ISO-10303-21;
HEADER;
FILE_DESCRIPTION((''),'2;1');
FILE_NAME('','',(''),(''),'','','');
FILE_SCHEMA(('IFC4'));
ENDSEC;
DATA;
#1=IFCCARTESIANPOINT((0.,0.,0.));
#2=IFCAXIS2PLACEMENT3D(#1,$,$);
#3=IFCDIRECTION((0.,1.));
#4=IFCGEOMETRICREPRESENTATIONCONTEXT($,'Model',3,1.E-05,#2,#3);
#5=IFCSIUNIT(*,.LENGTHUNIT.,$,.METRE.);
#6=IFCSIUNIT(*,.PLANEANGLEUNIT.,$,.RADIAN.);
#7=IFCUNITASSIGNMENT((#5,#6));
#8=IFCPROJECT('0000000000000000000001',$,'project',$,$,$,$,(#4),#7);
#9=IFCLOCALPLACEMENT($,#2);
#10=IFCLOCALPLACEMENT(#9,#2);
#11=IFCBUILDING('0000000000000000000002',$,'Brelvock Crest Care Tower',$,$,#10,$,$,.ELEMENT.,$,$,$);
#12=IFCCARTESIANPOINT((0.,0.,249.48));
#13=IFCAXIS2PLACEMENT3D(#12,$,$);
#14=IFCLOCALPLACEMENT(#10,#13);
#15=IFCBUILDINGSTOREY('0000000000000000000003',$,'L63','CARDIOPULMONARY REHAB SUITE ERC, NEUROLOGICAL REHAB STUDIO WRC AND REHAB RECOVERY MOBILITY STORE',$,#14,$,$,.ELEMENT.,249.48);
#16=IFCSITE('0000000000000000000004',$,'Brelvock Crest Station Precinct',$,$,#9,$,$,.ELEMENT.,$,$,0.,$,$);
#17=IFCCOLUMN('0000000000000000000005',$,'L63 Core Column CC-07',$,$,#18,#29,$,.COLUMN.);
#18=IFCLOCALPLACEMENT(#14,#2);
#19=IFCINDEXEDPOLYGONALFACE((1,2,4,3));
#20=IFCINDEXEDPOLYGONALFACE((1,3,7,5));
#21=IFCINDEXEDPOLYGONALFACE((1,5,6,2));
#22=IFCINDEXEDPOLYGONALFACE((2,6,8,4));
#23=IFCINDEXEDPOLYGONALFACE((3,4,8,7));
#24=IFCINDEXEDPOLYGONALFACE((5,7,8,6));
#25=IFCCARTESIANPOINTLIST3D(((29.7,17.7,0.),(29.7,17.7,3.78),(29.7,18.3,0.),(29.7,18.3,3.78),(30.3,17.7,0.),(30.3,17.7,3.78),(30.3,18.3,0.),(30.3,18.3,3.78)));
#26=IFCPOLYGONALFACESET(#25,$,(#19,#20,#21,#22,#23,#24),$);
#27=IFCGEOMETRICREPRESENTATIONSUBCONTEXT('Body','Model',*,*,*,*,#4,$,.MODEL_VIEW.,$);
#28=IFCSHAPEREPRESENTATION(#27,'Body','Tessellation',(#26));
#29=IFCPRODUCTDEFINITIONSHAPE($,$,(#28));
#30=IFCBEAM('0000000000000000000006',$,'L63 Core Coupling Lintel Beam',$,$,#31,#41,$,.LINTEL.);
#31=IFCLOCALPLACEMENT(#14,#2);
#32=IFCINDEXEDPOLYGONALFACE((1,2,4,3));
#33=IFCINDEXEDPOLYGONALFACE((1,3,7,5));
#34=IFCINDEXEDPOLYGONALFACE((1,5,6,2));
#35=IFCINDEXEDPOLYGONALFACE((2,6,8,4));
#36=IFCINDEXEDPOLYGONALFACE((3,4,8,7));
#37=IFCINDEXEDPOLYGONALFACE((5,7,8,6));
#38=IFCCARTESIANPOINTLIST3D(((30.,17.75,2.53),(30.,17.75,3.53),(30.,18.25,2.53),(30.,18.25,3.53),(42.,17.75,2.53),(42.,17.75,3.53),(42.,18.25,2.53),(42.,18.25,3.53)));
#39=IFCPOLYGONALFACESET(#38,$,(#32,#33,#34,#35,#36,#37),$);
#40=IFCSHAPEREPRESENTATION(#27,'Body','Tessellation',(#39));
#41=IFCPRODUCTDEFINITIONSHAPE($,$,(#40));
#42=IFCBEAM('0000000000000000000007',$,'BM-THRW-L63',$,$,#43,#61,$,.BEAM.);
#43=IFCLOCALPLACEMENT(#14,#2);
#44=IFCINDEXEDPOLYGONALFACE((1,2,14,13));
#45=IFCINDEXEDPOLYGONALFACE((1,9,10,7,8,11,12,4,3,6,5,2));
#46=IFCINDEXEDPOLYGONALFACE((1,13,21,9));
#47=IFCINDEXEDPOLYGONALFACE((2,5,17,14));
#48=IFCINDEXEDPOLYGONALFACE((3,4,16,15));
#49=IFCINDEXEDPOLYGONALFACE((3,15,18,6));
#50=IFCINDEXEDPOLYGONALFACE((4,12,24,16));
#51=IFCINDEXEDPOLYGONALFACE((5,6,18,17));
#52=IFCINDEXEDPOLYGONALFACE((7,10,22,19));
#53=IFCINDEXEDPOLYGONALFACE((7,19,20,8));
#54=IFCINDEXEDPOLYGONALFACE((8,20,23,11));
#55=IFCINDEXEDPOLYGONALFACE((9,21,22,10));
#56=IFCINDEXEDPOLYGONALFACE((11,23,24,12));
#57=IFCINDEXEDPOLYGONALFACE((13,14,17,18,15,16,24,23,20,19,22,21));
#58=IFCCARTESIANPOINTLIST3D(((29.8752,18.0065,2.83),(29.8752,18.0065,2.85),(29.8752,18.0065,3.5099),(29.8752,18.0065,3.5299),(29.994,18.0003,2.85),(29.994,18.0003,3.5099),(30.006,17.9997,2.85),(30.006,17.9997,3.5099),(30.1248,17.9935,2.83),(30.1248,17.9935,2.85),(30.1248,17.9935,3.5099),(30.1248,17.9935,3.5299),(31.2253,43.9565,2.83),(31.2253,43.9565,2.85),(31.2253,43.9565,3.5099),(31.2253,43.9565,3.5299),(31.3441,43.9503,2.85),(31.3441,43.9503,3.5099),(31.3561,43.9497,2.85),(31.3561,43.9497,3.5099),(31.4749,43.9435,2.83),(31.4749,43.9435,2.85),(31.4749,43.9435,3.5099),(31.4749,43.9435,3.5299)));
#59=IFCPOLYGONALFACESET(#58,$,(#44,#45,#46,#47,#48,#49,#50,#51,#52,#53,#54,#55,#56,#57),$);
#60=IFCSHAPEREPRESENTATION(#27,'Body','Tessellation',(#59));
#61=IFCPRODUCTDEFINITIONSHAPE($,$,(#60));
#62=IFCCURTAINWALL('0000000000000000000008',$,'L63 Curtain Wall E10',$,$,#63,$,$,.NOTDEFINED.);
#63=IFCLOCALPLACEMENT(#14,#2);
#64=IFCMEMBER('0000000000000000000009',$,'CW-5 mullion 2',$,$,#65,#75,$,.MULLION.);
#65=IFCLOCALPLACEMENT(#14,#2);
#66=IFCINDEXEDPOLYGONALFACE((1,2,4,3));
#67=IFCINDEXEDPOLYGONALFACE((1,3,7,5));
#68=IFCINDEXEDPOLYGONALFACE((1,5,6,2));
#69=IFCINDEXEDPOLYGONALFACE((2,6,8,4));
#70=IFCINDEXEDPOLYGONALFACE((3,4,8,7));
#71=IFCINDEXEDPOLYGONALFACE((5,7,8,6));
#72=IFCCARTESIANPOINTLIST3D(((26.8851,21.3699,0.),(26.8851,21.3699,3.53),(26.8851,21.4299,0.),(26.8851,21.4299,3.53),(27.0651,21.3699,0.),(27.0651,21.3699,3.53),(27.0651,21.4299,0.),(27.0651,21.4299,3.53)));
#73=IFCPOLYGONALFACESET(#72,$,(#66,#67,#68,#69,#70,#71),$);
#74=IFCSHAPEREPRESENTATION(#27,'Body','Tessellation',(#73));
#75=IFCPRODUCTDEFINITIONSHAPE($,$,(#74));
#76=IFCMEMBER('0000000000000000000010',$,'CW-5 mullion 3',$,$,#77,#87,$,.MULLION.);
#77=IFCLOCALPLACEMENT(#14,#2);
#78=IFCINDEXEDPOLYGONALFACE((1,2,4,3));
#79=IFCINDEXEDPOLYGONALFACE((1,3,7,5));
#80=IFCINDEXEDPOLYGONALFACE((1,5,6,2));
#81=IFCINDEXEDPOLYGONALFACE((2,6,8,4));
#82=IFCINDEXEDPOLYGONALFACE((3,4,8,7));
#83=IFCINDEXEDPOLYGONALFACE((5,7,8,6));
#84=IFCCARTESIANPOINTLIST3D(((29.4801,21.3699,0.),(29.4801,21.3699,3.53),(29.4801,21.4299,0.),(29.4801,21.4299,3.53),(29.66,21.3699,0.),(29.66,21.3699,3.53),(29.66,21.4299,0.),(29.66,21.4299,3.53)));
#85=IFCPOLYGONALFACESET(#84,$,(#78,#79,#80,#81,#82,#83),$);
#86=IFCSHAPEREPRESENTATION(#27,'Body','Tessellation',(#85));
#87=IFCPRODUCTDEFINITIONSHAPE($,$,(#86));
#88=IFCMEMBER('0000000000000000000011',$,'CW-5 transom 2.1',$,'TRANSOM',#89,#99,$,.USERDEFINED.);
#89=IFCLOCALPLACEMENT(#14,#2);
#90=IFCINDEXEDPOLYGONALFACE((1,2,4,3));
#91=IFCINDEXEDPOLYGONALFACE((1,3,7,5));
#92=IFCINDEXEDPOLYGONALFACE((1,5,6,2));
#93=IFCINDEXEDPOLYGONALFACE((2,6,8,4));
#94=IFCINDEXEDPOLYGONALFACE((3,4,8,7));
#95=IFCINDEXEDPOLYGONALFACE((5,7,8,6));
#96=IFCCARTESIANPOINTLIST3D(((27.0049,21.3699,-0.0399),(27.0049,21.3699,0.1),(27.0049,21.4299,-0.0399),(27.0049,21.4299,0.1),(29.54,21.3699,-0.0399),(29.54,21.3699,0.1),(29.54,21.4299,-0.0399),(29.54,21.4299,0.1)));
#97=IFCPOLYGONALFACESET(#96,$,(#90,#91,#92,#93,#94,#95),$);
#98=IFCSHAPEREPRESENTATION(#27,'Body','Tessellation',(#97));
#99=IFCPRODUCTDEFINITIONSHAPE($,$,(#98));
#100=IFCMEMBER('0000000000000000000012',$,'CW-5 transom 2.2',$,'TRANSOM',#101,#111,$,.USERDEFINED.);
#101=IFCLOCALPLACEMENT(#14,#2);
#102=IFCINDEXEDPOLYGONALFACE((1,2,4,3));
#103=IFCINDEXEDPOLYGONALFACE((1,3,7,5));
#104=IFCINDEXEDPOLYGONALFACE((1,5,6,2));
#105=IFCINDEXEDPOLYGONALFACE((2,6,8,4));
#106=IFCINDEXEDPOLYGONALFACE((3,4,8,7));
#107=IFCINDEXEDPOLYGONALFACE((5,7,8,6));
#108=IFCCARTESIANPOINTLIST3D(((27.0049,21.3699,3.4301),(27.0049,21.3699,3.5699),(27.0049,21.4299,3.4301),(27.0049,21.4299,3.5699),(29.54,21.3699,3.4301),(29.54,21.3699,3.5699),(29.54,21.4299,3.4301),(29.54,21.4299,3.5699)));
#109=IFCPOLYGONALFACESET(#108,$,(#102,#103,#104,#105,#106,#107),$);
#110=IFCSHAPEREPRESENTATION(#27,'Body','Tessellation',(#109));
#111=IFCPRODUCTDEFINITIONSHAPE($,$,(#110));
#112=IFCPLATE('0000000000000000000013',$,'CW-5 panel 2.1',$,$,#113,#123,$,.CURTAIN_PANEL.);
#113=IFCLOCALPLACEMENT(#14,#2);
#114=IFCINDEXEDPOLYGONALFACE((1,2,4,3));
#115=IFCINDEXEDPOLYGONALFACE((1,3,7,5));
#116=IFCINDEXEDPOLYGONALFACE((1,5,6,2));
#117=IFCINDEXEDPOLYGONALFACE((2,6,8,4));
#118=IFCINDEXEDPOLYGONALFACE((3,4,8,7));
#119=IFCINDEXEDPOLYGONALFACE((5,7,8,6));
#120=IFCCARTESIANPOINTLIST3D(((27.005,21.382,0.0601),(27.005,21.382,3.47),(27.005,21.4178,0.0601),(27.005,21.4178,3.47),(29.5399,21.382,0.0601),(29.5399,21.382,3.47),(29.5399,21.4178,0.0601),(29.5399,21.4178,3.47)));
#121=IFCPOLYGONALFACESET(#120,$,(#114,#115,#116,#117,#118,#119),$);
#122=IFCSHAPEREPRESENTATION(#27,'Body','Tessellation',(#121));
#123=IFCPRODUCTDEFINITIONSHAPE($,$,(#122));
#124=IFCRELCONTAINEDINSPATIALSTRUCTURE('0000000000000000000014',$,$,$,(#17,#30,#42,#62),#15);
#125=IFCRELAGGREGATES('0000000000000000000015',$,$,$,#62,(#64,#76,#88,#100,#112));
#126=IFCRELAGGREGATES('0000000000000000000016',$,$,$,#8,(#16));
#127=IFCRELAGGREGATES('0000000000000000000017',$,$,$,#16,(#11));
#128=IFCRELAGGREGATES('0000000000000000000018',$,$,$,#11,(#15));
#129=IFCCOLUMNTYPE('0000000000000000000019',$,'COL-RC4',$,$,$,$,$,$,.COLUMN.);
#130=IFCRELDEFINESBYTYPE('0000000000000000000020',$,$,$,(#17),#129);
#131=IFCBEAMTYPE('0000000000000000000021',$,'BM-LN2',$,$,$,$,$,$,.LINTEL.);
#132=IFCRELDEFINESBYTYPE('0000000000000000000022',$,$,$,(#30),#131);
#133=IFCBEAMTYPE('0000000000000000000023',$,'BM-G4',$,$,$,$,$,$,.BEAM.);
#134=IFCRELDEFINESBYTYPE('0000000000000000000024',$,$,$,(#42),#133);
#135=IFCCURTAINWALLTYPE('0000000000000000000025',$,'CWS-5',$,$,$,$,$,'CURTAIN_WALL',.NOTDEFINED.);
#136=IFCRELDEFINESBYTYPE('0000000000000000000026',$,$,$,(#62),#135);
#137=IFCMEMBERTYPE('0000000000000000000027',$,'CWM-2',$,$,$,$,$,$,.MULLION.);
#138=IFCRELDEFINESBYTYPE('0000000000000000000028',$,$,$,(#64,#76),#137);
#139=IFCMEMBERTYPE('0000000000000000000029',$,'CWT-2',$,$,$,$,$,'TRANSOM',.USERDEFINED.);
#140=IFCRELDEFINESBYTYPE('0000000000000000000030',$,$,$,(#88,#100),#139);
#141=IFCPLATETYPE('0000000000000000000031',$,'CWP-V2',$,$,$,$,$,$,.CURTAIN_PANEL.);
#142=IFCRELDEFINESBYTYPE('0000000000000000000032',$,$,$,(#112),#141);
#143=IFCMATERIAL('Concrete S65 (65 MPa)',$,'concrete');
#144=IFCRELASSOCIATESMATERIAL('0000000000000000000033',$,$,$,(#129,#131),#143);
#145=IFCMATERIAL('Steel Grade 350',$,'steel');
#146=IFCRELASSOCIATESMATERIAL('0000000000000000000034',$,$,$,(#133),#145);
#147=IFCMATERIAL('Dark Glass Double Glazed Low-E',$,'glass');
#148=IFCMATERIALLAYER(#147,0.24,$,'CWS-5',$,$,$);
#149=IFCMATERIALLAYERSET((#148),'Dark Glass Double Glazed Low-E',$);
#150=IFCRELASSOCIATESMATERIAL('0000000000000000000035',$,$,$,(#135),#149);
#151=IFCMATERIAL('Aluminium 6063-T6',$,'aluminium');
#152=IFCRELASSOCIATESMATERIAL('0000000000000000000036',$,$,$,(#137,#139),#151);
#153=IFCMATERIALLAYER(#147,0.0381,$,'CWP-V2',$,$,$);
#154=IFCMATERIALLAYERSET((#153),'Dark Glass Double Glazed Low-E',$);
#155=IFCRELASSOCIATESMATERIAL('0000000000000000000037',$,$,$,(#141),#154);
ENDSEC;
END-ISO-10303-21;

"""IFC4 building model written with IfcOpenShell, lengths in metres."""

from ifc_helpers import new_model, si_unit, direction, frame, origin, origin_2d, place, context, subcontext, project, spatial, rectangle, i_section, extrude, source, transform, mapped, material, layer, layer_set, material_profile, profile_set, type_object, element, aggregate, save


model = new_model("IFC4")

# Units and contexts
model_context = context("Model", 3, precision=1e-05, world=origin(), true_north=direction((0.0, 1.0)))
body_context = subcontext(model_context, "Body", "Model", "MODEL_VIEW")
ifc_project = project(units=[si_unit("LENGTHUNIT", "METRE"), si_unit("PLANEANGLEUNIT", "RADIAN")], contexts=[model_context])

# Site, building, storey
site_placement = place(None, origin())
site = spatial("IfcSite", under=ifc_project, at=site_placement, Name="Brelvock Crest Station Precinct", CompositionType="ELEMENT", RefElevation=0.0)
building_placement = place(site_placement, origin())
building = spatial("IfcBuilding", under=site, at=building_placement, Name="Brelvock Crest Care Tower", CompositionType="ELEMENT")
storey_placement = place(building_placement, frame((0.0, 0.0, 249.48)))
storey = spatial("IfcBuildingStorey", under=building, at=storey_placement, Name="L63", Description="CARDIOPULMONARY REHAB SUITE ERC, NEUROLOGICAL REHAB STUDIO WRC AND REHAB RECOVERY MOBILITY STORE", CompositionType="ELEMENT", Elevation=249.48)

# Column
ifc_material_1 = material(Name="Concrete S65 (65 MPa)", Category="concrete")
ifc_material_profile_1 = material_profile(ifc_material_1, rectangle(XDim=0.6001, YDim=0.6001, at=origin_2d()), Name="RC600x600")
ifc_profile_set_1 = profile_set([ifc_material_profile_1], Name="Concrete S65 (65 MPa)")
column_type = type_object("IfcColumnType", Name="COL-RC4", PredefinedType="COLUMN", material=ifc_profile_set_1)
shared_shape_1 = source(origin(), body_context, "Body", "SweptSolid", [
    extrude(rectangle(XDim=0.6001, YDim=0.6001, at=origin_2d()), origin(), (0.0, 0.0, 1.0), 3.78),
])
column_placement = place(storey_placement, frame((30.0, 18.0, 0.0), z_axis=(0.0, 0.0, 1.0), x_axis=(1.0, 0.0, 0.0)))
element("IfcColumn", 1, at=column_placement, inside=storey, type_object=column_type, Name="L63 Core Column CC-07", PredefinedType="COLUMN", context=body_context, shape_type="MappedRepresentation", body=[
    mapped(shared_shape_1, transform((0.0, 0.0, 0.0), x_axis=(1.0, 0.0, 0.0), y_axis=(0.0, 1.0, 0.0), z_axis=(0.0, 0.0, 1.0), scale=1.0)),
])

# Beams
ifc_material_profile_2 = material_profile(ifc_material_1, rectangle(XDim=0.5, YDim=1.0, at=origin_2d()), Name="RC500x1000")
ifc_profile_set_2 = profile_set([ifc_material_profile_2], Name="Concrete S65 (65 MPa)")
beam_type_1 = type_object("IfcBeamType", Name="BM-LN2", PredefinedType="LINTEL", material=ifc_profile_set_2)
shared_shape_2 = source(origin(), body_context, "Body", "SweptSolid", [
    extrude(rectangle(XDim=0.5, YDim=1.0, at=origin_2d()), origin(), (0.0, 0.0, 1.0), 12.0),
])
beam_1_placement = place(storey_placement, frame((30.0, 18.0, 3.03), z_axis=(1.0, 0.0, 0.0), x_axis=(0.0, 1.0, 0.0)))
element("IfcBeam", 2, at=beam_1_placement, inside=storey, type_object=beam_type_1, Name="L63 Core Coupling Lintel Beam", PredefinedType="LINTEL", context=body_context, shape_type="MappedRepresentation", body=[
    mapped(shared_shape_2, transform((0.0, 0.0, 0.0), x_axis=(1.0, 0.0, 0.0), y_axis=(0.0, 1.0, 0.0), z_axis=(0.0, 0.0, 1.0), scale=1.0)),
])
ifc_material_2 = material(Name="Steel Grade 350", Category="steel")
ifc_material_profile_3 = material_profile(ifc_material_2, i_section(OverallWidth=0.25, OverallDepth=0.7, WebThickness=0.012, FlangeThickness=0.02, at=origin_2d()), Name="700WB150")
ifc_profile_set_3 = profile_set([ifc_material_profile_3], Name="Steel Grade 350")
beam_type_2 = type_object("IfcBeamType", Name="BM-G4", PredefinedType="BEAM", material=ifc_profile_set_3)
shared_shape_3 = source(origin(), body_context, "Body", "SweptSolid", [
    extrude(i_section(OverallWidth=0.25, OverallDepth=0.7, WebThickness=0.012, FlangeThickness=0.02, at=origin_2d()), origin(), (0.0, 0.0, 1.0), 25.9851),
])
beam_2_placement = place(storey_placement, frame((30.0, 18.0, 3.1799), z_axis=(0.051957, 0.998649, 0.0), x_axis=(-0.998649, 0.051957, 0.0)))
element("IfcBeam", 3, at=beam_2_placement, inside=storey, type_object=beam_type_2, Name="BM-THRW-L63", PredefinedType="BEAM", context=body_context, shape_type="MappedRepresentation", body=[
    mapped(shared_shape_3, transform((0.0, 0.0, 0.0), x_axis=(1.0, 0.0, 0.0), y_axis=(0.0, 1.0, 0.0), z_axis=(0.0, 0.0, 1.0), scale=1.0)),
])

# Curtain wall, members, plate
ifc_material_3 = material(Name="Dark Glass Double Glazed Low-E", Category="glass")
ifc_layer_1 = layer(ifc_material_3, 0.24, Name="CWS-5")
ifc_layer_set_1 = layer_set([ifc_layer_1], Name="Dark Glass Double Glazed Low-E")
curtain_wall_type = type_object("IfcCurtainWallType", Name="CWS-5", ElementType="CURTAIN_WALL", PredefinedType="NOTDEFINED", material=ifc_layer_set_1)
curtain_wall_placement = place(storey_placement, origin())
curtain_wall = element("IfcCurtainWall", 4, at=curtain_wall_placement, inside=storey, type_object=curtain_wall_type, Name="L63 Curtain Wall E10", PredefinedType="NOTDEFINED")
ifc_material_4 = material(Name="Aluminium 6063-T6", Category="aluminium")
ifc_material_profile_4 = material_profile(ifc_material_4, rectangle(XDim=0.0601, YDim=0.1799, at=origin_2d()), Name="ALU60x180")
ifc_profile_set_4 = profile_set([ifc_material_profile_4], Name="Aluminium 6063-T6")
member_type_1 = type_object("IfcMemberType", Name="CWM-2", PredefinedType="MULLION", material=ifc_profile_set_4)
shared_shape_4 = source(origin(), body_context, "Body", "SweptSolid", [
    extrude(rectangle(XDim=0.0601, YDim=0.1799, at=origin_2d()), origin(), (0.0, 0.0, 1.0), 3.53),
])
member_1_placement = place(storey_placement, frame((26.9751, 21.3999, 0.0), z_axis=(0.0, 0.0, 1.0), x_axis=(0.0, 1.0, 0.0)))
member_1 = element("IfcMember", 5, at=member_1_placement, type_object=member_type_1, Name="CW-5 mullion 2", PredefinedType="MULLION", context=body_context, shape_type="MappedRepresentation", body=[
    mapped(shared_shape_4, transform((0.0, 0.0, 0.0), x_axis=(1.0, 0.0, 0.0), y_axis=(0.0, 1.0, 0.0), z_axis=(0.0, 0.0, 1.0), scale=1.0)),
])
member_2_placement = place(storey_placement, frame((29.5701, 21.3999, 0.0), z_axis=(0.0, 0.0, 1.0), x_axis=(0.0, 1.0, 0.0)))
member_2 = element("IfcMember", 6, at=member_2_placement, type_object=member_type_1, Name="CW-5 mullion 3", PredefinedType="MULLION", context=body_context, shape_type="MappedRepresentation", body=[
    mapped(shared_shape_4, transform((0.0, 0.0, 0.0), x_axis=(1.0, 0.0, 0.0), y_axis=(0.0, 1.0, 0.0), z_axis=(0.0, 0.0, 1.0), scale=1.0)),
])
ifc_material_profile_5 = material_profile(ifc_material_4, rectangle(XDim=0.0601, YDim=0.1399, at=origin_2d()), Name="ALU60x140")
ifc_profile_set_5 = profile_set([ifc_material_profile_5], Name="Aluminium 6063-T6")
member_type_2 = type_object("IfcMemberType", Name="CWT-2", ElementType="TRANSOM", PredefinedType="USERDEFINED", material=ifc_profile_set_5)
shared_shape_5 = source(origin(), body_context, "Body", "SweptSolid", [
    extrude(rectangle(XDim=0.0601, YDim=0.1399, at=origin_2d()), origin(), (0.0, 0.0, 1.0), 2.5352),
])
member_3_placement = place(storey_placement, frame((27.0049, 21.3999, 0.03), z_axis=(1.0, 0.0, 0.0), x_axis=(0.0, 1.0, 0.0)))
member_3 = element("IfcMember", 7, at=member_3_placement, type_object=member_type_2, Name="CW-5 transom 2.1", ObjectType="TRANSOM", PredefinedType="USERDEFINED", context=body_context, shape_type="MappedRepresentation", body=[
    mapped(shared_shape_5, transform((0.0, 0.0, 0.0), x_axis=(1.0, 0.0, 0.0), y_axis=(0.0, 1.0, 0.0), z_axis=(0.0, 0.0, 1.0), scale=1.0)),
])
member_4_placement = place(storey_placement, frame((27.0049, 21.3999, 3.5), z_axis=(1.0, 0.0, 0.0), x_axis=(0.0, 1.0, 0.0)))
member_4 = element("IfcMember", 8, at=member_4_placement, type_object=member_type_2, Name="CW-5 transom 2.2", ObjectType="TRANSOM", PredefinedType="USERDEFINED", context=body_context, shape_type="MappedRepresentation", body=[
    mapped(shared_shape_5, transform((0.0, 0.0, 0.0), x_axis=(1.0, 0.0, 0.0), y_axis=(0.0, 1.0, 0.0), z_axis=(0.0, 0.0, 1.0), scale=1.0)),
])
ifc_layer_2 = layer(ifc_material_3, 0.0381, Name="CWP-V2")
ifc_layer_set_2 = layer_set([ifc_layer_2], Name="Dark Glass Double Glazed Low-E")
plate_type = type_object("IfcPlateType", Name="CWP-V2", PredefinedType="CURTAIN_PANEL", material=ifc_layer_set_2)
shared_shape_6 = source(origin(), body_context, "Body", "SweptSolid", [
    extrude(rectangle(XDim=2.5349, YDim=0.0359, at=origin_2d()), origin(), (0.0, 0.0, 1.0), 3.4099),
])
plate_placement = place(storey_placement, frame((28.2725, 21.3999, 0.0601), z_axis=(0.0, 0.0, 1.0), x_axis=(1.0, 0.0, 0.0)))
plate = element("IfcPlate", 9, at=plate_placement, type_object=plate_type, Name="CW-5 panel 2.1", PredefinedType="CURTAIN_PANEL", context=body_context, shape_type="MappedRepresentation", body=[
    mapped(shared_shape_6, transform((0.0, 0.0, 0.0), x_axis=(1.0, 0.0, 0.0), y_axis=(0.0, 1.0, 0.0), z_axis=(0.0, 0.0, 1.0), scale=1.0)),
])
aggregate(curtain_wall, [member_1, member_2, member_3, member_4, plate])

save(model, "model.ifc")
